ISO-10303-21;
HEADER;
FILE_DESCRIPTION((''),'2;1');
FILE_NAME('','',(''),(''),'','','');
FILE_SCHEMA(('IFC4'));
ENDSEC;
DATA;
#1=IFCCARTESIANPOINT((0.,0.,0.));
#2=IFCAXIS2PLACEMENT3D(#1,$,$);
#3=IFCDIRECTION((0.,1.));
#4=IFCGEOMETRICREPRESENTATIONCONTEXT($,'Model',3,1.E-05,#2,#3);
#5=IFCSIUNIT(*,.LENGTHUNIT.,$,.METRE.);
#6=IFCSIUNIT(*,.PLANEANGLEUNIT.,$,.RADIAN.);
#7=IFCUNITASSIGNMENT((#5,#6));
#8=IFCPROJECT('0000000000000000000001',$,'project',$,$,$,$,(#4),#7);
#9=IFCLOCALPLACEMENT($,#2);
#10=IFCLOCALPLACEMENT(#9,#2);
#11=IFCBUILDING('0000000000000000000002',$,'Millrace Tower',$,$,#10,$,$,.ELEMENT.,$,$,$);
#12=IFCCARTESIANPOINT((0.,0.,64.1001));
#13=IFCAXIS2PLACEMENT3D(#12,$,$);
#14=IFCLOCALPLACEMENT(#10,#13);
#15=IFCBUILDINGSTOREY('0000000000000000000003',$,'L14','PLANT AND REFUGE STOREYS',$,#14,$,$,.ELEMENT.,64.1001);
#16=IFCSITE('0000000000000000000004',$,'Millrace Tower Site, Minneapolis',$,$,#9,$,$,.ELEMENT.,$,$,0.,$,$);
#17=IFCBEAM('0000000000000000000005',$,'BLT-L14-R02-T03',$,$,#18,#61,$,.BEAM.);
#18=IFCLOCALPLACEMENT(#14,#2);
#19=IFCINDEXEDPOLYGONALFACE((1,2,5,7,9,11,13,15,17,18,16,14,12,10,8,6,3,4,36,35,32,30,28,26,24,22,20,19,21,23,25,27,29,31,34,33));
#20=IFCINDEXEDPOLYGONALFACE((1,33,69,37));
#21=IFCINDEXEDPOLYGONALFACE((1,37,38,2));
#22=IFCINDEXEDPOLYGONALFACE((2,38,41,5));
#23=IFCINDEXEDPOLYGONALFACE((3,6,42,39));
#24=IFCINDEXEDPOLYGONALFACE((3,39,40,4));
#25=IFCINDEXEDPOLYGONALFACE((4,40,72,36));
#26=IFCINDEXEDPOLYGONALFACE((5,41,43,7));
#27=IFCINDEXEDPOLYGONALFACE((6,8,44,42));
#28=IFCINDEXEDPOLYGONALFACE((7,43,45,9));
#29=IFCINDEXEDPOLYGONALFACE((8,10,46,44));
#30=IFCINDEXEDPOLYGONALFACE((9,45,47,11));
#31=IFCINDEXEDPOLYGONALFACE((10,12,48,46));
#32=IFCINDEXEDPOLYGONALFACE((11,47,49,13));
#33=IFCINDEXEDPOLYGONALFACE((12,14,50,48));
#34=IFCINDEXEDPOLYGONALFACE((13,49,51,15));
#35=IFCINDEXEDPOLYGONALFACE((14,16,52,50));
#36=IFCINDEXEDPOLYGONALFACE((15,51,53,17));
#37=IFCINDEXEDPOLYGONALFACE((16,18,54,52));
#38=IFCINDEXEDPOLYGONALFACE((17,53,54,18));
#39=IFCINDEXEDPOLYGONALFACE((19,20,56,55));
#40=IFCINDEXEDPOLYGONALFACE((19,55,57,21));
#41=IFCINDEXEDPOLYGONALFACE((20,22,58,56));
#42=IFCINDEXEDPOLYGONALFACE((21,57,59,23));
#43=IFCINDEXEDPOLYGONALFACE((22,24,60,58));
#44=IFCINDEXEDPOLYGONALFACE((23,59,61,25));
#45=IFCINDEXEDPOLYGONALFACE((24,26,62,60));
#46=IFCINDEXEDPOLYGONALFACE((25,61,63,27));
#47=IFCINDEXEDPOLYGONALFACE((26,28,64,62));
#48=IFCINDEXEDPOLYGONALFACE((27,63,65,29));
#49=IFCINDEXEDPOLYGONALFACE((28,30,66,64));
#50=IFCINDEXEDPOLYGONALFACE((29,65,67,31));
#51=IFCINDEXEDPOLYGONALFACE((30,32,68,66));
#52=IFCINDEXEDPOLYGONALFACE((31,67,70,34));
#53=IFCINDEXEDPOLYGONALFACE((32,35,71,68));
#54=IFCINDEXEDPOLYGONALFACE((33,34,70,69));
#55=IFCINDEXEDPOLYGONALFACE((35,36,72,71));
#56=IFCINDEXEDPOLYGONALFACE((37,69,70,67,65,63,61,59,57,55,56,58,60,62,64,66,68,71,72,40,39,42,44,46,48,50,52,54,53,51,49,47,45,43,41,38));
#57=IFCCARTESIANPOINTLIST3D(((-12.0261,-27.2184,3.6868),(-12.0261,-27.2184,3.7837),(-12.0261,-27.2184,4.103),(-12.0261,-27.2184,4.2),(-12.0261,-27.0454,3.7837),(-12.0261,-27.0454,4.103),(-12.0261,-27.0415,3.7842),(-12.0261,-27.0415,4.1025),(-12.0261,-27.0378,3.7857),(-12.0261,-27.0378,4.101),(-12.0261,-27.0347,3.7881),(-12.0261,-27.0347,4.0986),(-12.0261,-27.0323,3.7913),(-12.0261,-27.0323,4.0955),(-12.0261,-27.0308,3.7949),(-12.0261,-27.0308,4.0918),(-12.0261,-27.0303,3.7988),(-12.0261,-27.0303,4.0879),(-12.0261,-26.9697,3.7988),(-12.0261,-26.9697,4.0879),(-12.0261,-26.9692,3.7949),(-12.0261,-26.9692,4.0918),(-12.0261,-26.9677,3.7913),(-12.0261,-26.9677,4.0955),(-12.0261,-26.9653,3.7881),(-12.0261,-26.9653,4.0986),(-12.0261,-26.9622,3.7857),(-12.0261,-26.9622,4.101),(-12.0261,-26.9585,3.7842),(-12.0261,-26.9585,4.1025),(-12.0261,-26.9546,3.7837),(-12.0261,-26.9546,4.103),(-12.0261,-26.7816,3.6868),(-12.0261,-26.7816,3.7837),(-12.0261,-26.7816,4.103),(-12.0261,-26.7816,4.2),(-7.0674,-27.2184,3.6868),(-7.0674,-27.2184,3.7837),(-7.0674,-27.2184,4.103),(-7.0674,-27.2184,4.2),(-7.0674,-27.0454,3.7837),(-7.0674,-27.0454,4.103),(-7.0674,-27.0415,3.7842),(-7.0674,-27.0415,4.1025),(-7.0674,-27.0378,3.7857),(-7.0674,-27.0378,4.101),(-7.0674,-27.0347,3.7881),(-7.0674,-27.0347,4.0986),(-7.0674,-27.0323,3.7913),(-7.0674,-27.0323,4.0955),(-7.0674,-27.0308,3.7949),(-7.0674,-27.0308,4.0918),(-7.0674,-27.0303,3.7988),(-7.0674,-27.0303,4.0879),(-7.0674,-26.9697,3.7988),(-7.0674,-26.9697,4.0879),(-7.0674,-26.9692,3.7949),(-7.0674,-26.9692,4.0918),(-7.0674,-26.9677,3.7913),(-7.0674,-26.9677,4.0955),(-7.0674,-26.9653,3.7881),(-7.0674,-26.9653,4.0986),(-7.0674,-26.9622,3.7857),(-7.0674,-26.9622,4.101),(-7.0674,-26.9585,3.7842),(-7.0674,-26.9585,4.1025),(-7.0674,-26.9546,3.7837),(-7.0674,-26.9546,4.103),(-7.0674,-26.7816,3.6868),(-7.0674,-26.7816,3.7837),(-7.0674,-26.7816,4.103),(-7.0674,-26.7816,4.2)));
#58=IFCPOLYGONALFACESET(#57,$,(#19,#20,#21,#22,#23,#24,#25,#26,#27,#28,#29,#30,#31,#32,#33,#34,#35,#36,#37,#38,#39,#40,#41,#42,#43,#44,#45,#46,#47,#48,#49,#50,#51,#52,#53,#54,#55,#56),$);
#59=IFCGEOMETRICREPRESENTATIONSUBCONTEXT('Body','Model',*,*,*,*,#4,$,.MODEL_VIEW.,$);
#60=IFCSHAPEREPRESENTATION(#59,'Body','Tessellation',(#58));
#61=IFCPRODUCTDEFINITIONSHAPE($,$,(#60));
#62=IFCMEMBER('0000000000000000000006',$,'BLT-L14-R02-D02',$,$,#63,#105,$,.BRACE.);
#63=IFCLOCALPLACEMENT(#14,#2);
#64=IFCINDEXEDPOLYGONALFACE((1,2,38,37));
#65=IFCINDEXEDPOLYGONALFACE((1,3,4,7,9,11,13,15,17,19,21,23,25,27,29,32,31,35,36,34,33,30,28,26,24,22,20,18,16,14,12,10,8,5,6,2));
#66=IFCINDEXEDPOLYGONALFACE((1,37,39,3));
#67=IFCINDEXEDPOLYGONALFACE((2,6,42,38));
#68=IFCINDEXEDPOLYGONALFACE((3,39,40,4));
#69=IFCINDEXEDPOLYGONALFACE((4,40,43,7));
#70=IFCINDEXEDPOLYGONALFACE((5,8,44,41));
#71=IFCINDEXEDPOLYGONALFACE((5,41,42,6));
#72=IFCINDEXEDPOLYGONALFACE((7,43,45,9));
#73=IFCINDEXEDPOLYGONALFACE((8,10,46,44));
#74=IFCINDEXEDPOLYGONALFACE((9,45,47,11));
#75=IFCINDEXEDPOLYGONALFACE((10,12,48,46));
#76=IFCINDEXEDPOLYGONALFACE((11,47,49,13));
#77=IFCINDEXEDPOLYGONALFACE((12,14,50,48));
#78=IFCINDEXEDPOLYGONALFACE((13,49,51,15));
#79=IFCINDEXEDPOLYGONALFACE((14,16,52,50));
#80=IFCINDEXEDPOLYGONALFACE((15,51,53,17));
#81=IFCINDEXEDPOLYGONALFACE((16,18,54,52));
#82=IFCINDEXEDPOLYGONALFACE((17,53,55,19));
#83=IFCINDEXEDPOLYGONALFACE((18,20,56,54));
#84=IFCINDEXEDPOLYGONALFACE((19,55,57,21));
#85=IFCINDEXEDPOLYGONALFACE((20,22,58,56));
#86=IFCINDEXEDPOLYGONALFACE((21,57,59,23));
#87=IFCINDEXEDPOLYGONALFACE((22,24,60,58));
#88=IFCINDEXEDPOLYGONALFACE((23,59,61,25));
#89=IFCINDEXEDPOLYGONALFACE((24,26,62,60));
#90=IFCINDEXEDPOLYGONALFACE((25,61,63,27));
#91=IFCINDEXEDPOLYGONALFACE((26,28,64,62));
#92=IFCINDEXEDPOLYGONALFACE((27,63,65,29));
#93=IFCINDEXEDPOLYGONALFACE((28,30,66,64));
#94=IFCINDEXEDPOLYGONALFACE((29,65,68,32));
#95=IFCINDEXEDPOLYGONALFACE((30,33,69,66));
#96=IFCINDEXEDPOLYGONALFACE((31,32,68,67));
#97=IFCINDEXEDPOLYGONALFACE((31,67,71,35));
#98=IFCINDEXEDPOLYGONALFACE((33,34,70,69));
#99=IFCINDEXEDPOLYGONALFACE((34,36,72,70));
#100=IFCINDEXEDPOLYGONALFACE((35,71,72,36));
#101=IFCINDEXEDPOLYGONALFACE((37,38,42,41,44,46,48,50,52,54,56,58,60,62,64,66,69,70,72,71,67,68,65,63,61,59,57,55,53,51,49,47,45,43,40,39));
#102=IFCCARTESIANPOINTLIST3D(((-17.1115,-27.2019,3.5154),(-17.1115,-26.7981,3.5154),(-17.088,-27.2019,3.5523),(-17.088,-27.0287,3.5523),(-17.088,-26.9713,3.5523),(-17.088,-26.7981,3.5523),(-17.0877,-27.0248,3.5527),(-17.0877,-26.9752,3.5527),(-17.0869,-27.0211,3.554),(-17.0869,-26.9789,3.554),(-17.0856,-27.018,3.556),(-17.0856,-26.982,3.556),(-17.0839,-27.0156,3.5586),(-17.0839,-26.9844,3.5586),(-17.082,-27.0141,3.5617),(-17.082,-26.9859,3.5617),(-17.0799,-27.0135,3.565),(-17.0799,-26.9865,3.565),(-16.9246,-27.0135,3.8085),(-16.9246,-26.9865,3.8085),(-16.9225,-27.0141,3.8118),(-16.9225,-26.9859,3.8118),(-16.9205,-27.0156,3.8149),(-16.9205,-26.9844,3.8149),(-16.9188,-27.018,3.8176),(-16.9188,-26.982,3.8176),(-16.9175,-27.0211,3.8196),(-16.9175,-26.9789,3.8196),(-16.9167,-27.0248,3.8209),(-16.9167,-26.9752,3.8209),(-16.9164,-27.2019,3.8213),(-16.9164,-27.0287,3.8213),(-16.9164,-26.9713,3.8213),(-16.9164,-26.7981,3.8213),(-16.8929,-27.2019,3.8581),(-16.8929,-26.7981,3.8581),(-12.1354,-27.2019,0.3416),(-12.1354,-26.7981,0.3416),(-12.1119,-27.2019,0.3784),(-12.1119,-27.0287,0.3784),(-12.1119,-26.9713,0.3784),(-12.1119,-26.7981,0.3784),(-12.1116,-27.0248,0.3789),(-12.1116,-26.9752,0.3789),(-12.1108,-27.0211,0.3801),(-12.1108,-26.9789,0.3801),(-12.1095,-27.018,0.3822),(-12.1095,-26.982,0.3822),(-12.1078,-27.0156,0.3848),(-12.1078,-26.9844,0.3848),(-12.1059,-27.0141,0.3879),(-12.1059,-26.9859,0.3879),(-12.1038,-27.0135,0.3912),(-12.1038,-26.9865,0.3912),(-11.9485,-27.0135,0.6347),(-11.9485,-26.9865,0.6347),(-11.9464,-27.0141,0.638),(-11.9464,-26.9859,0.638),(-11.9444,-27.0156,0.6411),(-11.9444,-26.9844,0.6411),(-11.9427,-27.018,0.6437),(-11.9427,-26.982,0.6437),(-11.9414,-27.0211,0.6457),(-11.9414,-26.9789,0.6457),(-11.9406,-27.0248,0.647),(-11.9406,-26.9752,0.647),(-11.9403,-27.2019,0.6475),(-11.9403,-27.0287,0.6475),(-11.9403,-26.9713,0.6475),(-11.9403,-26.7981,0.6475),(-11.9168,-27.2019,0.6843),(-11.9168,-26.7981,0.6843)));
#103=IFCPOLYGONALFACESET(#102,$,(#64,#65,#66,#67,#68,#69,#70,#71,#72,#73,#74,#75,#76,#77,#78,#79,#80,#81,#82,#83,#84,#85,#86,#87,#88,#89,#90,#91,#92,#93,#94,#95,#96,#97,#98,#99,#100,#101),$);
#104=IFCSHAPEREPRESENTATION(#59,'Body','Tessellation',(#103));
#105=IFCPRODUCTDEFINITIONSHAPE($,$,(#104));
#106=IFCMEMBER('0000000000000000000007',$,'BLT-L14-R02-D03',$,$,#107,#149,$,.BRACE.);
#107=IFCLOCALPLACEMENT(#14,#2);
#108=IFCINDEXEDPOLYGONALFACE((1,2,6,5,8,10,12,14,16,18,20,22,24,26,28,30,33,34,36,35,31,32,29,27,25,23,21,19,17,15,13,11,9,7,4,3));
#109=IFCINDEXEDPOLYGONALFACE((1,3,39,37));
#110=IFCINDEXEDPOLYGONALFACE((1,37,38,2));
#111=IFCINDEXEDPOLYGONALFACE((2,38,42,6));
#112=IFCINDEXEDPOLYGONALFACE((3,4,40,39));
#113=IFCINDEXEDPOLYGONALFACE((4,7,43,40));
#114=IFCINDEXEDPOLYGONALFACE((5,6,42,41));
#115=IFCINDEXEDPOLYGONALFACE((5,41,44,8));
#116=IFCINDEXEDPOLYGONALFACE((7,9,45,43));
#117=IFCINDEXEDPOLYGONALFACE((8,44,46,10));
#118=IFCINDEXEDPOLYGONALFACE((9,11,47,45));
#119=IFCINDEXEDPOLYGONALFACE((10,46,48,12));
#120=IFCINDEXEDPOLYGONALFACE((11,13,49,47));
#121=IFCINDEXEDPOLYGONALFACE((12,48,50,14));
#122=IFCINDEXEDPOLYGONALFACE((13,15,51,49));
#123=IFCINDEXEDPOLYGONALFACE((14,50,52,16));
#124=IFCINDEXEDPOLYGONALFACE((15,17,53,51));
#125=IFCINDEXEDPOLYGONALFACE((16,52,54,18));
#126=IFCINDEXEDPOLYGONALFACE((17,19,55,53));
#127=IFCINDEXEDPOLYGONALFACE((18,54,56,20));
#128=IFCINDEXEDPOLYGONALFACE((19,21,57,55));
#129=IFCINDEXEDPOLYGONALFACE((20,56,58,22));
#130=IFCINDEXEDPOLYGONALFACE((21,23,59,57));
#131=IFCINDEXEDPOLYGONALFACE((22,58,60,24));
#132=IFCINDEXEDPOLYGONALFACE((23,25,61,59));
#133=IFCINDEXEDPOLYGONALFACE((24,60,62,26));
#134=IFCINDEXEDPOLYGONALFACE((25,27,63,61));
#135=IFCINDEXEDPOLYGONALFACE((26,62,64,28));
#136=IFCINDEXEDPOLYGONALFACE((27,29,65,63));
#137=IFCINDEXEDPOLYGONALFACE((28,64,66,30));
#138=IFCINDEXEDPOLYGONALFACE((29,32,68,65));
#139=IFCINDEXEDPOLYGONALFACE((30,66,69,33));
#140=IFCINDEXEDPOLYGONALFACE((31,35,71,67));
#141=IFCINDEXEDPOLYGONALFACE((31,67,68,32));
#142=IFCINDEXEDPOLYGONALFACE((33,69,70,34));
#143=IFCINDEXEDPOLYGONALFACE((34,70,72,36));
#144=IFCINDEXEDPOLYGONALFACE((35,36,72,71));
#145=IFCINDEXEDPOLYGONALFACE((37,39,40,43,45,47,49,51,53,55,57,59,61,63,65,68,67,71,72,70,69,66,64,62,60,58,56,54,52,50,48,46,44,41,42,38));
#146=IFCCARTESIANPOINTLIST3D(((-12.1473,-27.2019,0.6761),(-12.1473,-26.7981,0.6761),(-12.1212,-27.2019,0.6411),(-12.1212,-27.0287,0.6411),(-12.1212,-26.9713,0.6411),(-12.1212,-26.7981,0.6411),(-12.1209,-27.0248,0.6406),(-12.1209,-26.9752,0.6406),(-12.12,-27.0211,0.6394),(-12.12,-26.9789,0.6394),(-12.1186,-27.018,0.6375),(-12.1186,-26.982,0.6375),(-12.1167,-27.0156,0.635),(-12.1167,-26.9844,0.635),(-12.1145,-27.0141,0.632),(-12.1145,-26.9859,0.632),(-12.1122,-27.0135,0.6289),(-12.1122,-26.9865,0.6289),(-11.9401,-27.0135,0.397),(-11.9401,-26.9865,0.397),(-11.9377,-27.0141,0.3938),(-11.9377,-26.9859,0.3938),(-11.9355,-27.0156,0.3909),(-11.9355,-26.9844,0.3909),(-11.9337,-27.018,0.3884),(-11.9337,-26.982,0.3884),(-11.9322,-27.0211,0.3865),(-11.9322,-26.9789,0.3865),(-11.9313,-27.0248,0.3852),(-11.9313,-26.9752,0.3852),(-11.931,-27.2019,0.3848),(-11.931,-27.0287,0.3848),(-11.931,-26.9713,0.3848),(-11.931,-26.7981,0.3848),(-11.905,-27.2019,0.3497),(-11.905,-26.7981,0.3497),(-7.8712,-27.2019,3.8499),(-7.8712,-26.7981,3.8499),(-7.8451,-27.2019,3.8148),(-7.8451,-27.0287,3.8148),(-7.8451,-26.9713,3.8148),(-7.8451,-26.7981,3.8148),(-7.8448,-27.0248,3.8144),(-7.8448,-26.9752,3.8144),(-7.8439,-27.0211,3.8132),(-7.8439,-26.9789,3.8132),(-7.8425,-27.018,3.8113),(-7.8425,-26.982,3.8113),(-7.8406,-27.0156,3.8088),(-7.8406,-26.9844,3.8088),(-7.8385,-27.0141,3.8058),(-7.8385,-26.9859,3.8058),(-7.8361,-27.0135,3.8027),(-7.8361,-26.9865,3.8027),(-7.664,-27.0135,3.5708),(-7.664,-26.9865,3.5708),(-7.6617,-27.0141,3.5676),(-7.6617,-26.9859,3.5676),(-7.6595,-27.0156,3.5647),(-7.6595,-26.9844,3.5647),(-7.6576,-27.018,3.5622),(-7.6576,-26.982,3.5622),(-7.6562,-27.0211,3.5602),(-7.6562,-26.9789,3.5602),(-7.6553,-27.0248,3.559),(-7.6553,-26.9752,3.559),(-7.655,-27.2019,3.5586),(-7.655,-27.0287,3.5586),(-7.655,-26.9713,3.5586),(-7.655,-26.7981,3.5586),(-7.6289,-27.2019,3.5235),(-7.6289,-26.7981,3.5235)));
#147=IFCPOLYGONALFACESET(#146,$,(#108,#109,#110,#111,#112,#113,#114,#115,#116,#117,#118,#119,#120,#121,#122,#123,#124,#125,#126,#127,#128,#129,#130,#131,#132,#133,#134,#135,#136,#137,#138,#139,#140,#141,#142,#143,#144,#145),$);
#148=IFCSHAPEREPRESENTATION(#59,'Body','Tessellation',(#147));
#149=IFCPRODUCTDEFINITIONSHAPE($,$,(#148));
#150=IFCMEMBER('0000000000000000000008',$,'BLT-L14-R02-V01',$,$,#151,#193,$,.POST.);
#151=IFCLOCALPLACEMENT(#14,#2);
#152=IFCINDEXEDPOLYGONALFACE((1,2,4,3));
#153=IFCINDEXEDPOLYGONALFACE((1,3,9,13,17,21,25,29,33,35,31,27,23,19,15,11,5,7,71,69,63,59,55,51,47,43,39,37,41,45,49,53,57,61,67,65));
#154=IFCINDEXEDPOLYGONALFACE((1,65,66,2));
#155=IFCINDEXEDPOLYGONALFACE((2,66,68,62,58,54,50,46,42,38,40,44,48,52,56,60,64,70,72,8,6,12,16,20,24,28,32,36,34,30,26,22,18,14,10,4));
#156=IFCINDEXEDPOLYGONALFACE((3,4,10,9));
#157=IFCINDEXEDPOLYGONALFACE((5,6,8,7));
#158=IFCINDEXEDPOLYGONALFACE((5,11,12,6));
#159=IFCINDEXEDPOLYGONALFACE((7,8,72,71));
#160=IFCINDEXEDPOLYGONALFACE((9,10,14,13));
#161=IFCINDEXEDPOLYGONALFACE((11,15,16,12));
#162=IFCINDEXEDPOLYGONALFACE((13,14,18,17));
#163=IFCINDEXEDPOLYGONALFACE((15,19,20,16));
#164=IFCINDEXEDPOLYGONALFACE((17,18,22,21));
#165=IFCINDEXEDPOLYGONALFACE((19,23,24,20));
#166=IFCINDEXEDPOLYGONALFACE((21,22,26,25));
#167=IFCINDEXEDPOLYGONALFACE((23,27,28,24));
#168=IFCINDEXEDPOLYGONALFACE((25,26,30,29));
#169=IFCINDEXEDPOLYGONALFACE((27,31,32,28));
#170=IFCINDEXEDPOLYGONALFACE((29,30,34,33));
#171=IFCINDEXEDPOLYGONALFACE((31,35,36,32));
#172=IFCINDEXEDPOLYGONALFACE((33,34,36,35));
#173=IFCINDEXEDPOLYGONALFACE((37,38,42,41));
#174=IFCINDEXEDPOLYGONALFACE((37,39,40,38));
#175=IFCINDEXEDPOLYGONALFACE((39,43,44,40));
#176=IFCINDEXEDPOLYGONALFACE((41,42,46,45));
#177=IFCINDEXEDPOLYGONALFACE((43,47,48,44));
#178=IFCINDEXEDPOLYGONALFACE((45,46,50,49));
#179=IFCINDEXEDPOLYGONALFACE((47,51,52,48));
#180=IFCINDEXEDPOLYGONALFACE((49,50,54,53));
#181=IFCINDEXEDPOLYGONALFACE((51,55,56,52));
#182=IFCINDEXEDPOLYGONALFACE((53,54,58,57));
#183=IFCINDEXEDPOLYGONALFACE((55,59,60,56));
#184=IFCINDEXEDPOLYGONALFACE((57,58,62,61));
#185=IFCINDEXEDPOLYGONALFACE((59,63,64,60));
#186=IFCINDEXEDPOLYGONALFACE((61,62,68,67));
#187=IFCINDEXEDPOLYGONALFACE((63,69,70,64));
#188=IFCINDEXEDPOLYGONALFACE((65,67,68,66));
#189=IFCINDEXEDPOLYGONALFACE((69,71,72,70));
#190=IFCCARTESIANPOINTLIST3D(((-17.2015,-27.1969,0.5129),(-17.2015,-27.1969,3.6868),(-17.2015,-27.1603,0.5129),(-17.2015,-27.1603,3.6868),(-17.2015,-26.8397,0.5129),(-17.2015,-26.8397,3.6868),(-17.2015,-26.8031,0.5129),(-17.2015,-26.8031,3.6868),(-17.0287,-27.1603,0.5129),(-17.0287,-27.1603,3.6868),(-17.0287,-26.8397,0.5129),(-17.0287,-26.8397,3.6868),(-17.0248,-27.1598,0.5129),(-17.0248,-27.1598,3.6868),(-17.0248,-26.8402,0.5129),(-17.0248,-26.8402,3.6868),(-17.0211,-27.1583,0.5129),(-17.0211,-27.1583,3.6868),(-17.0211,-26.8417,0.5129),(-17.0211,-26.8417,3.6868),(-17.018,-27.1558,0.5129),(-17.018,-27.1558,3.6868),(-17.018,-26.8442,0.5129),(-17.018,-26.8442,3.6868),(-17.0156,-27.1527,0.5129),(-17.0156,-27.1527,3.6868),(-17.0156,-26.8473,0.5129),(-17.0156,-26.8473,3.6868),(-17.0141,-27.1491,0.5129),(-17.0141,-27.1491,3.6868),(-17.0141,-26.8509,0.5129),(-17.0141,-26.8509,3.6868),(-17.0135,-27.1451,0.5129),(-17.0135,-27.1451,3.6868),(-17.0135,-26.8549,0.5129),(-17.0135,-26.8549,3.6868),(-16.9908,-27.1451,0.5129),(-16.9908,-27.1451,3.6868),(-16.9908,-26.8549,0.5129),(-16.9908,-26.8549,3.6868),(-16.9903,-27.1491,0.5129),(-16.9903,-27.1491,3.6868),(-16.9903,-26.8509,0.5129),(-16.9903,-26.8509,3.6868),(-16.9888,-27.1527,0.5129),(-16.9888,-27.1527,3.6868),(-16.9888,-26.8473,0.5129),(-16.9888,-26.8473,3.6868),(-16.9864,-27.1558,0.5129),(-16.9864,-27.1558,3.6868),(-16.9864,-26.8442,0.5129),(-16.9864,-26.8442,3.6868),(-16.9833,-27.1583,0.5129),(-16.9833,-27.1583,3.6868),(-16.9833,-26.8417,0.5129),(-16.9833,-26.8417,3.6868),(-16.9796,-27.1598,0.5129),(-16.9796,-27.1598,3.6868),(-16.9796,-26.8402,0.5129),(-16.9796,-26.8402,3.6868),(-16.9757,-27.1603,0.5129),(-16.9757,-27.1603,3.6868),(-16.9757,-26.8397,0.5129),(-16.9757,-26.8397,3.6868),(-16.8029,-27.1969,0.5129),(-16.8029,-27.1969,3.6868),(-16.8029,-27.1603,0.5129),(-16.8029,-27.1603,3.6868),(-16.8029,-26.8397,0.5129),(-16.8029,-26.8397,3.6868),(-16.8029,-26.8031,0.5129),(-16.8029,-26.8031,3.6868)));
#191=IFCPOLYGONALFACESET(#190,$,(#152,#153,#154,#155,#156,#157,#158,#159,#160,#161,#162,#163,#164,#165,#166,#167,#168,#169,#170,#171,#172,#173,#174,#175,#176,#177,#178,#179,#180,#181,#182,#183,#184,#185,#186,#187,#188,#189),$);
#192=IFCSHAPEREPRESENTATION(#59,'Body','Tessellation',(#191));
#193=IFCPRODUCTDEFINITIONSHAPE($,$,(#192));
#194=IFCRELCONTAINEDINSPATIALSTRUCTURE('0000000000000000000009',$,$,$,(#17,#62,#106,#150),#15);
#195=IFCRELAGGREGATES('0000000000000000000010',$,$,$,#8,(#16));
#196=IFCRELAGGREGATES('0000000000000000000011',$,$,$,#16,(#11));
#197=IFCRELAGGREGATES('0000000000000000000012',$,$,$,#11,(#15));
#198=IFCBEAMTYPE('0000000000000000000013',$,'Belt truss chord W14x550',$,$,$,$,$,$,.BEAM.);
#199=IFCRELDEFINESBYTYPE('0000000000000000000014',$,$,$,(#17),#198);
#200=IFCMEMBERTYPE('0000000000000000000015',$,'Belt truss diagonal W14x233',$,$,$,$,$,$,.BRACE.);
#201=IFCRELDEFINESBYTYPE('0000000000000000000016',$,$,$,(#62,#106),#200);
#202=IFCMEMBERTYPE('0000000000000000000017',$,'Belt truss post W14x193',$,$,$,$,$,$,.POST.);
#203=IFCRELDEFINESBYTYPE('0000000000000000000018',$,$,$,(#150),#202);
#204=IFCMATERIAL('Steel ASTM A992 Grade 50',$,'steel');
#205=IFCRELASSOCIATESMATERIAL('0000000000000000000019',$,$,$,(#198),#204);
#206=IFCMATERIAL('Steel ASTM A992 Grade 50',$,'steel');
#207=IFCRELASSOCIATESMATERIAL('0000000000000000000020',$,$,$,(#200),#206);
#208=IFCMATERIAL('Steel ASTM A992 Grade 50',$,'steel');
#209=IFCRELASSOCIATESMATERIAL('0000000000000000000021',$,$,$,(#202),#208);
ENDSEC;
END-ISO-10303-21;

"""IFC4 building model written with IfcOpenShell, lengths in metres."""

from ifc_helpers import new_model, si_unit, direction, frame, origin, origin_2d, place, context, subcontext, project, spatial, i_section, extrude, material, material_profile, profile_set, type_object, element, save


model = new_model("IFC4")

# Units and contexts
model_context = context("Model", 3, precision=1e-05, world=origin(), true_north=direction((0.0, 1.0)))
body_context = subcontext(model_context, "Body", "Model", "MODEL_VIEW")
ifc_project = project(units=[si_unit("LENGTHUNIT", "METRE"), si_unit("PLANEANGLEUNIT", "RADIAN")], contexts=[model_context])

# Site, building, storey
site_placement = place(None, origin())
site = spatial("IfcSite", under=ifc_project, at=site_placement, Name="Millrace Tower Site, Minneapolis", CompositionType="ELEMENT", RefElevation=0.0)
building_placement = place(site_placement, origin())
building = spatial("IfcBuilding", under=site, at=building_placement, Name="Millrace Tower", CompositionType="ELEMENT")
storey_placement = place(building_placement, frame((0.0, 0.0, 64.1001)))
storey = spatial("IfcBuildingStorey", under=building, at=storey_placement, Name="L14", Description="PLANT AND REFUGE STOREYS", CompositionType="ELEMENT", Elevation=64.1001)

# Beam
ifc_material_1 = material(Name="Steel ASTM A992 Grade 50", Category="steel")
ifc_material_profile_1 = material_profile(ifc_material_1, i_section(OverallWidth=0.4368, OverallDepth=0.5132, WebThickness=0.0605, FlangeThickness=0.0969, FilletRadius=0.0151, at=origin_2d()))
ifc_profile_set_1 = profile_set([ifc_material_profile_1], Name="Steel ASTM A992 Grade 50")
beam_type_1 = type_object("IfcBeamType", Name="Belt truss chord W14x550", PredefinedType="BEAM", material=ifc_profile_set_1)
beam_1_placement = place(storey_placement, frame((-12.0261, -27.0, 3.9434), z_axis=(1.0, 0.0, 0.0), x_axis=(0.0, 1.0, 0.0)))
element("IfcBeam", 1, at=beam_1_placement, inside=storey, type_object=beam_type_1, Name="BLT-L14-R02-T03", PredefinedType="BEAM", context=body_context, shape_type="SweptSolid", body=[
    extrude(i_section(OverallWidth=0.4368, OverallDepth=0.5132, WebThickness=0.0605, FlangeThickness=0.0969, FilletRadius=0.0151, at=origin_2d()), origin(), (0.0, 0.0, 1.0), 4.9587),
])

# Members
ifc_material_2 = material(Name="Steel ASTM A992 Grade 50", Category="steel")
ifc_material_profile_2 = material_profile(ifc_material_2, i_section(OverallWidth=0.4038, OverallDepth=0.4065, WebThickness=0.0271, FlangeThickness=0.0437, FilletRadius=0.0151, at=origin_2d()))
ifc_profile_set_2 = profile_set([ifc_material_profile_2], Name="Steel ASTM A992 Grade 50")
member_type_1 = type_object("IfcMemberType", Name="Belt truss diagonal W14x233", PredefinedType="BRACE", material=ifc_profile_set_2)
member_1_placement = place(storey_placement, frame((-12.0261, -27.0, 0.5129), z_axis=(-0.843106, 0.0, 0.537748), x_axis=(0.0, -1.0, 0.0)))
element("IfcMember", 2, at=member_1_placement, inside=storey, type_object=member_type_1, Name="BLT-L14-R02-D02", PredefinedType="BRACE", context=body_context, shape_type="SweptSolid", body=[
    extrude(i_section(OverallWidth=0.4038, OverallDepth=0.4065, WebThickness=0.0271, FlangeThickness=0.0437, FilletRadius=0.0151, at=origin_2d()), origin(), (0.0, 0.0, 1.0), 5.9021),
])
member_2_placement = place(storey_placement, frame((-12.0261, -27.0, 0.5129), z_axis=(0.802988, 0.0, 0.595995), x_axis=(0.0, 1.0, 0.0)))
element("IfcMember", 3, at=member_2_placement, inside=storey, type_object=member_type_1, Name="BLT-L14-R02-D03", PredefinedType="BRACE", context=body_context, shape_type="SweptSolid", body=[
    extrude(i_section(OverallWidth=0.4038, OverallDepth=0.4065, WebThickness=0.0271, FlangeThickness=0.0437, FilletRadius=0.0151, at=origin_2d()), origin(), (0.0, 0.0, 1.0), 5.3252),
])
ifc_material_3 = material(Name="Steel ASTM A992 Grade 50", Category="steel")
ifc_material_profile_3 = material_profile(ifc_material_3, i_section(OverallWidth=0.3987, OverallDepth=0.3938, WebThickness=0.0227, FlangeThickness=0.0366, FilletRadius=0.0151, at=origin_2d()))
ifc_profile_set_3 = profile_set([ifc_material_profile_3], Name="Steel ASTM A992 Grade 50")
member_type_2 = type_object("IfcMemberType", Name="Belt truss post W14x193", PredefinedType="POST", material=ifc_profile_set_3)
for number, where, z_axis, x_axis, name in (
    (4, (-17.0022, -27.0, 0.5129), (0.0, 0.0, 1.0), (1.0, 0.0, 0.0), "BLT-L14-R02-V01"),
):
    element("IfcMember", number, at=place(storey_placement, frame(where, z_axis=z_axis, x_axis=x_axis)), inside=storey, type_object=member_type_2, Name=name, PredefinedType="POST", context=body_context, shape_type="SweptSolid", body=[
        extrude(i_section(OverallWidth=0.3987, OverallDepth=0.3938, WebThickness=0.0227, FlangeThickness=0.0366, FilletRadius=0.0151, at=origin_2d()), origin(), (0.0, 0.0, 1.0), 3.1738),
    ])

save(model, "model.ifc")
